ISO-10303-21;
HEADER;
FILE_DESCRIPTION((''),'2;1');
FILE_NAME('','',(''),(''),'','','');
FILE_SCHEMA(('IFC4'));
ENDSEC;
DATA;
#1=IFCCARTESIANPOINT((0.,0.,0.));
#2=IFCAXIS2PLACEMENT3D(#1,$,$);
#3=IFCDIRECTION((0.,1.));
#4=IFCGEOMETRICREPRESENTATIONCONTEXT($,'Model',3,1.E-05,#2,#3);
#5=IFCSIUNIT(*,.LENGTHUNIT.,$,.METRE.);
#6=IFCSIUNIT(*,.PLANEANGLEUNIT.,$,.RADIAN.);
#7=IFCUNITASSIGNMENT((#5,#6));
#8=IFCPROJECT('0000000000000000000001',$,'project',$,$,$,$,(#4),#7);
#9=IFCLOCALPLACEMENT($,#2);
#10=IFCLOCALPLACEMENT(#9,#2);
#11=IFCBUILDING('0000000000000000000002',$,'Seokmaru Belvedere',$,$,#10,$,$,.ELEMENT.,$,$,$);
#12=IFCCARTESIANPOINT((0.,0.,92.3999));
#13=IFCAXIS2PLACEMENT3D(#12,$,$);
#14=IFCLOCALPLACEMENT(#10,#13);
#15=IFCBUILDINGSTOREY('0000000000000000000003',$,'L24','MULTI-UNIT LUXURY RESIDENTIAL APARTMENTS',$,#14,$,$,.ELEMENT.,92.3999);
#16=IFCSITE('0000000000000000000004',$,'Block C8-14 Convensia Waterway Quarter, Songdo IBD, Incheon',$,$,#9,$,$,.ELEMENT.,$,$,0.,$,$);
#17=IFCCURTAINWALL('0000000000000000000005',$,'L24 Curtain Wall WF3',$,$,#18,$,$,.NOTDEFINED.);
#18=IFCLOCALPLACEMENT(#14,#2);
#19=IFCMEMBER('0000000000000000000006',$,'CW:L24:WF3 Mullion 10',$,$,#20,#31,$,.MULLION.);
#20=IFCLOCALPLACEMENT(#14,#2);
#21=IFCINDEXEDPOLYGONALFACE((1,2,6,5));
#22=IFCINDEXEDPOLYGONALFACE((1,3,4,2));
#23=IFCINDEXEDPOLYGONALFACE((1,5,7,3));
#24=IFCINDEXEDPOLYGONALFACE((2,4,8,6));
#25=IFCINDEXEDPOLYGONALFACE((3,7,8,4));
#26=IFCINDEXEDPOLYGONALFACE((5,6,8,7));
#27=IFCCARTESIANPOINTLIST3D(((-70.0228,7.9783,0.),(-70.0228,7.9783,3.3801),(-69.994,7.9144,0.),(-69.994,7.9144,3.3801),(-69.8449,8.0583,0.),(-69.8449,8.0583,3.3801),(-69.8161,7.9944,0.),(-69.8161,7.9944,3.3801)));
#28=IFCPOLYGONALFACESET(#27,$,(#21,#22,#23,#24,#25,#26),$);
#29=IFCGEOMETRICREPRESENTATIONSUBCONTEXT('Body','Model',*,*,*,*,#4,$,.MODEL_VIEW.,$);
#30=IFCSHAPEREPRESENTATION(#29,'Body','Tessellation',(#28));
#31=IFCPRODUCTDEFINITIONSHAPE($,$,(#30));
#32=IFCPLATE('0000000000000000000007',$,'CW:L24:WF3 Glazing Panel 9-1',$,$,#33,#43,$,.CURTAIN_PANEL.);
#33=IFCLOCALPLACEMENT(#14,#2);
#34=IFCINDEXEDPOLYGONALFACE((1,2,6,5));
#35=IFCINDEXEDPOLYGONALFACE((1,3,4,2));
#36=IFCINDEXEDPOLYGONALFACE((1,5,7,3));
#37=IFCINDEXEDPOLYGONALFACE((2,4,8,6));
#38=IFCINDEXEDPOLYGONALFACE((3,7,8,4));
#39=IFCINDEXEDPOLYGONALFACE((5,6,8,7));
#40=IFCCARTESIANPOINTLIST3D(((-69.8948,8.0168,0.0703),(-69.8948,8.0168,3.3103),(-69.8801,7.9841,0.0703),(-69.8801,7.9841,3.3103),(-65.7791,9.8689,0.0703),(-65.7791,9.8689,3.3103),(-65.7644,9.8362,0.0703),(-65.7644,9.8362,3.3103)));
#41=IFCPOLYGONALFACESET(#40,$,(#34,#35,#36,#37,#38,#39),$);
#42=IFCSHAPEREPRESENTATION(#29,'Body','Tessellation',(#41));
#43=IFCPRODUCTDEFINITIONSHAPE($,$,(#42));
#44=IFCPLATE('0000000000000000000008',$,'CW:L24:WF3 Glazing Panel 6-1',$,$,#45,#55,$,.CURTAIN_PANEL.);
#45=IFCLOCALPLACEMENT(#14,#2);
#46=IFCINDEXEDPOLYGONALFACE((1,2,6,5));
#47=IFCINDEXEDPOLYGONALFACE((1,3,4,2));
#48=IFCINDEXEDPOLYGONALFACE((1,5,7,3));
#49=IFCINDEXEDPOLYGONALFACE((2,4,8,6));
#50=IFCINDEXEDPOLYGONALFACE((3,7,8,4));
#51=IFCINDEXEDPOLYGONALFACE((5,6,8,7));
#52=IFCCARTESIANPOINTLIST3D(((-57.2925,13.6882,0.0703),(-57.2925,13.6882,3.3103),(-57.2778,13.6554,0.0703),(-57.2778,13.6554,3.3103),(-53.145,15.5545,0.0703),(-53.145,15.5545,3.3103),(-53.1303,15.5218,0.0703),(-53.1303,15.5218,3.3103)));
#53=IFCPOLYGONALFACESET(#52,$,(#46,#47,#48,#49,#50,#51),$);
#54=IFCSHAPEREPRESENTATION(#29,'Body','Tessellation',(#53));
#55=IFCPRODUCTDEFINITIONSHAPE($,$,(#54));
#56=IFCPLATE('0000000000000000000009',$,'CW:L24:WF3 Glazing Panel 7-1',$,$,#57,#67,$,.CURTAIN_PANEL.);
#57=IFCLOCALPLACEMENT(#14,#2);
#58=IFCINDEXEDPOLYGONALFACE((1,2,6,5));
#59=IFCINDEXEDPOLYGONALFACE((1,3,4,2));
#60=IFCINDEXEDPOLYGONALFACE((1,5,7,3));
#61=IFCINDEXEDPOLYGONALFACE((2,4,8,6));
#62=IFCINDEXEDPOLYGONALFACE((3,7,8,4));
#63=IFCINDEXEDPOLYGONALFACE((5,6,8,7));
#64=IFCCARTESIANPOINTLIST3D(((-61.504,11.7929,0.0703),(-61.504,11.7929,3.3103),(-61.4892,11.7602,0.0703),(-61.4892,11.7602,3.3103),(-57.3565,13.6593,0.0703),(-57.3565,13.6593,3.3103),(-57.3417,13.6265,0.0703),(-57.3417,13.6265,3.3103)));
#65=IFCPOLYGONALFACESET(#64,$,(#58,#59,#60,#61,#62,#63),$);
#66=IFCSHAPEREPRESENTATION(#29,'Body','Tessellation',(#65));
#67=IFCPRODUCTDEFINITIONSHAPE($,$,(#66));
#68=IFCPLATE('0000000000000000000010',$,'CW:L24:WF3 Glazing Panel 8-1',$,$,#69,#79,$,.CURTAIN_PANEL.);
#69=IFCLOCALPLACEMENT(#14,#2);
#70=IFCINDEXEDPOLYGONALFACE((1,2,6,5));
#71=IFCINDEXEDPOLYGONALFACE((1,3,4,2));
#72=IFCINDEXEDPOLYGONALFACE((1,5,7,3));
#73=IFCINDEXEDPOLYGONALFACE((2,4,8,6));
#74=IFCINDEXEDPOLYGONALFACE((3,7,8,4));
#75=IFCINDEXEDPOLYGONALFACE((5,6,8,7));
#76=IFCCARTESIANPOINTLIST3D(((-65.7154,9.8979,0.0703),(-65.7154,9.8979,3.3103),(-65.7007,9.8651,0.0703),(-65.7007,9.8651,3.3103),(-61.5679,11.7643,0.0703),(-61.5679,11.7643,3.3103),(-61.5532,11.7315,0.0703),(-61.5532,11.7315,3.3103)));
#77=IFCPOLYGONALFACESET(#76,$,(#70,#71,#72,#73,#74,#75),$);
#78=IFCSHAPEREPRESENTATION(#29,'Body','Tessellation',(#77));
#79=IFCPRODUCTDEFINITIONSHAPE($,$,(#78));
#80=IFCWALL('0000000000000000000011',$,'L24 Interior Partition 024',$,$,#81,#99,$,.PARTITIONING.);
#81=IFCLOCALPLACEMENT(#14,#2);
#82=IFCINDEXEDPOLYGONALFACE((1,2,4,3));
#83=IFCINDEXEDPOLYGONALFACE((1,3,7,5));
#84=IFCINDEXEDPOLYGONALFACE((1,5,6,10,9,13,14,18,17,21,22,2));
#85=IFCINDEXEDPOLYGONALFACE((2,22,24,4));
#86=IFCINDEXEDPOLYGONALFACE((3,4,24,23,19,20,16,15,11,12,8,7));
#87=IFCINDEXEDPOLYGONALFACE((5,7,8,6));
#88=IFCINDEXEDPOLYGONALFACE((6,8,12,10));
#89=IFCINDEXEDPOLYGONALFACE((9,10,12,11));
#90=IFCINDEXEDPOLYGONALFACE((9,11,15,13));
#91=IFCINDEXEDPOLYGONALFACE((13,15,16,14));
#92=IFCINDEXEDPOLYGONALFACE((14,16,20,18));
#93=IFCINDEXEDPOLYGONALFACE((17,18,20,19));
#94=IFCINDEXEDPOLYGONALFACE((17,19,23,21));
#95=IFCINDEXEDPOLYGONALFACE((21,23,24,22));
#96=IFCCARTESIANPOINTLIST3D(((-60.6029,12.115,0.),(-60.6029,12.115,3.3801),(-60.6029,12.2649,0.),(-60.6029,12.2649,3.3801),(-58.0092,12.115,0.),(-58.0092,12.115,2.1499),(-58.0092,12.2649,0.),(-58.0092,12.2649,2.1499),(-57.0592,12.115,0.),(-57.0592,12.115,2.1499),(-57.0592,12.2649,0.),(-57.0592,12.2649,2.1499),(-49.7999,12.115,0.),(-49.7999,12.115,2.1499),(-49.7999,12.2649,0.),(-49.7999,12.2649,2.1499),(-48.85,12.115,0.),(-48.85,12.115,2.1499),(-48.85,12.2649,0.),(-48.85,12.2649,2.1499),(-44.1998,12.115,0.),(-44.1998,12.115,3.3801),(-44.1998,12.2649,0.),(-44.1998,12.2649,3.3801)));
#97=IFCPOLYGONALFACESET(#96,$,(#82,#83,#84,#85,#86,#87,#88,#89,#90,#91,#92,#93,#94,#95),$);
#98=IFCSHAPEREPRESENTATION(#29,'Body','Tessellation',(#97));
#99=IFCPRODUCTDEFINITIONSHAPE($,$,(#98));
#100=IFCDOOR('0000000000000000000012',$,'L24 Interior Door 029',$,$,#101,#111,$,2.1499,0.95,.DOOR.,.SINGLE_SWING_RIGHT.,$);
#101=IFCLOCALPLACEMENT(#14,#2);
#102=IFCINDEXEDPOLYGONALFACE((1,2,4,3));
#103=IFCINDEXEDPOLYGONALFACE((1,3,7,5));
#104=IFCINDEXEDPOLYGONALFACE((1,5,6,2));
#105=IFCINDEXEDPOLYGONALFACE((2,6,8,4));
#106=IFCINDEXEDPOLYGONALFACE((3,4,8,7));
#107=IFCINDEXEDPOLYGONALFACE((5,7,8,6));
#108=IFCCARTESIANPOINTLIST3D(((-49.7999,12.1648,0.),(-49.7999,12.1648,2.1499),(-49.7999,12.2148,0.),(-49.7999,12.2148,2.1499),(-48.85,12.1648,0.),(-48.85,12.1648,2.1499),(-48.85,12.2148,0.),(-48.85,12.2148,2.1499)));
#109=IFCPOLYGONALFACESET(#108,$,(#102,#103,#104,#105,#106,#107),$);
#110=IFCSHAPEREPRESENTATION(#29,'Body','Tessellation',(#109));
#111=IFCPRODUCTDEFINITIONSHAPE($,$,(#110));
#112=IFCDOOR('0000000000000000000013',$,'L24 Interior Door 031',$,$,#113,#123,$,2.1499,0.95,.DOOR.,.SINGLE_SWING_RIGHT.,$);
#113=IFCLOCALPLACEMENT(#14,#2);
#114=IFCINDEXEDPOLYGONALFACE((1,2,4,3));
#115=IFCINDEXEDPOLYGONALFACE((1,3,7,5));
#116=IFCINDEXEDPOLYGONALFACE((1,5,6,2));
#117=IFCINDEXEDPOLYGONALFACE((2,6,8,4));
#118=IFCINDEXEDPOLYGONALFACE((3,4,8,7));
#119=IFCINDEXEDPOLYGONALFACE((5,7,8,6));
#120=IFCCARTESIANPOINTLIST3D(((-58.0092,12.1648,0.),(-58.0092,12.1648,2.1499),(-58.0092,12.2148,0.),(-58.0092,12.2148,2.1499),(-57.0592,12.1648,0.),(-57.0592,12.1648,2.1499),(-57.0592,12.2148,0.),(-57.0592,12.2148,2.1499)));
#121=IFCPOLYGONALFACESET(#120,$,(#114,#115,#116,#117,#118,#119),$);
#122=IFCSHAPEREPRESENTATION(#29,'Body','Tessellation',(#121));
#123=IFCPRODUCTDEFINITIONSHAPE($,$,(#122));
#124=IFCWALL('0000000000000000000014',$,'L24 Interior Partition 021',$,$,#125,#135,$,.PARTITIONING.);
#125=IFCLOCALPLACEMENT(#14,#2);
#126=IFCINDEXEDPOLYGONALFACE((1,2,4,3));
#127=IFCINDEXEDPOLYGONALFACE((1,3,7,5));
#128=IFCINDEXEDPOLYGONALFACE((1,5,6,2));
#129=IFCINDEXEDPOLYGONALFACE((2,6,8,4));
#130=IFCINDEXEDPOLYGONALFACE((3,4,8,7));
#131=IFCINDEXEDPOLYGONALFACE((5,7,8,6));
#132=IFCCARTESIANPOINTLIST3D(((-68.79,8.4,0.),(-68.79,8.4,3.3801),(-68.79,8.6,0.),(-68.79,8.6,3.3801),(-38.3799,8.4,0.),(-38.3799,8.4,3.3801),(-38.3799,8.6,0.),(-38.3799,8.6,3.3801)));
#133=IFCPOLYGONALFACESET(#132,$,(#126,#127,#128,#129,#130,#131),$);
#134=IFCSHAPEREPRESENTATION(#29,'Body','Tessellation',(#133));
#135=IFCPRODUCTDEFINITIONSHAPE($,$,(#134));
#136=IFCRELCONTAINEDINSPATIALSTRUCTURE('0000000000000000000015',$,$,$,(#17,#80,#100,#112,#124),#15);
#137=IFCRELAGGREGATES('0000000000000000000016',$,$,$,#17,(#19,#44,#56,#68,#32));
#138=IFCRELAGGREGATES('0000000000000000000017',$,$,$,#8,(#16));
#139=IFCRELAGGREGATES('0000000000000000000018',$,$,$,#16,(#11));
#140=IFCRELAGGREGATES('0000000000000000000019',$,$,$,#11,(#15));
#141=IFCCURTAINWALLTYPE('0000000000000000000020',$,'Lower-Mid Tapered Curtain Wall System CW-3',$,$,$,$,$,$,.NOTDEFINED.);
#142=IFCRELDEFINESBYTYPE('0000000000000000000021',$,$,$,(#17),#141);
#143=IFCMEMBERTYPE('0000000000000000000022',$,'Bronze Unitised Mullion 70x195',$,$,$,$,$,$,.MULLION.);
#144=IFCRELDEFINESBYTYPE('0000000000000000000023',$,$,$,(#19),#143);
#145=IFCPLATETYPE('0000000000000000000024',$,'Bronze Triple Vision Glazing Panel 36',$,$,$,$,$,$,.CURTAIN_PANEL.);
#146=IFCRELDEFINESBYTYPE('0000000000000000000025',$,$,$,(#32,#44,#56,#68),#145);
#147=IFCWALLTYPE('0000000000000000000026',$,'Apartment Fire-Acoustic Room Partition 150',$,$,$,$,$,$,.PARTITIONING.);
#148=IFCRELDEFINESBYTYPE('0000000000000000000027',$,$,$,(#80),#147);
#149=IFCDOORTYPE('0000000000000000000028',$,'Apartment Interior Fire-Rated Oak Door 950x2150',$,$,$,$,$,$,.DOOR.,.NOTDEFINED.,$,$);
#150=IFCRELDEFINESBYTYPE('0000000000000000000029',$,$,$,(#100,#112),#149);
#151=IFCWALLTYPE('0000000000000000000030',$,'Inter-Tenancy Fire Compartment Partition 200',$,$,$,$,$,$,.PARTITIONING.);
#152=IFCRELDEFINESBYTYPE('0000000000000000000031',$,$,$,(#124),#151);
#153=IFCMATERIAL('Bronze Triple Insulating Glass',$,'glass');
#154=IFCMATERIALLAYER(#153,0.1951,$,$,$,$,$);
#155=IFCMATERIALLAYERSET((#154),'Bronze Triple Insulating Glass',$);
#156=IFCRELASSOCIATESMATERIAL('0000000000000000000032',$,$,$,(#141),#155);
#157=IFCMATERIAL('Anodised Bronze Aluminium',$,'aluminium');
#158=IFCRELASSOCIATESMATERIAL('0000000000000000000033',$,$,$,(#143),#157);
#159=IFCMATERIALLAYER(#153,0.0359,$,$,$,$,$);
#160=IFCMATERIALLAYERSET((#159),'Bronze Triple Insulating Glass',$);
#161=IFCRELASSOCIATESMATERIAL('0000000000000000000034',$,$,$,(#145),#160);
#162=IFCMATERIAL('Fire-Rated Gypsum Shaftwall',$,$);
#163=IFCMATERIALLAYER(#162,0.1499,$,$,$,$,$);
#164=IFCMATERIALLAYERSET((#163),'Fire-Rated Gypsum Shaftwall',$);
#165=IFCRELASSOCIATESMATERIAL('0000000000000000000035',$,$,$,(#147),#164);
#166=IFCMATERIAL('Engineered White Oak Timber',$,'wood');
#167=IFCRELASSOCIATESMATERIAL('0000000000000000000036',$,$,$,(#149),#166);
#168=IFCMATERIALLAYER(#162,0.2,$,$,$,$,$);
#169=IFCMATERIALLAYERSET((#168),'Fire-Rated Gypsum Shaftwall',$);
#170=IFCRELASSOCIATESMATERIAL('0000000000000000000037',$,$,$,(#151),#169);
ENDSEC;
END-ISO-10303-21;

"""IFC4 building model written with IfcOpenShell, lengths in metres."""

from ifc_helpers import new_model, si_unit, direction, frame, frame_2d, origin, origin_2d, place, context, subcontext, project, spatial, rectangle, extrude, source, transform, mapped, material, layer, layer_set, material_profile, profile_set, type_object, type_shapes, element, fill, aggregate, save


model = new_model("IFC4")

# Units and contexts
model_context = context("Model", 3, precision=1e-05, world=origin(), true_north=direction((0.0, 1.0)))
body_context = subcontext(model_context, "Body", "Model", "MODEL_VIEW")
ifc_project = project(units=[si_unit("LENGTHUNIT", "METRE"), si_unit("PLANEANGLEUNIT", "RADIAN")], contexts=[model_context])

# Site, building, storey
site_placement = place(None, origin())
site = spatial("IfcSite", under=ifc_project, at=site_placement, Name="Block C8-14 Convensia Waterway Quarter, Songdo IBD, Incheon", CompositionType="ELEMENT", RefElevation=0.0)
building_placement = place(site_placement, origin())
building = spatial("IfcBuilding", under=site, at=building_placement, Name="Seokmaru Belvedere", CompositionType="ELEMENT")
storey_placement = place(building_placement, frame((0.0, 0.0, 92.3999)))
storey = spatial("IfcBuildingStorey", under=building, at=storey_placement, Name="L24", Description="MULTI-UNIT LUXURY RESIDENTIAL APARTMENTS", CompositionType="ELEMENT", Elevation=92.3999)

# Curtain wall, member, plates
ifc_material_1 = material(Name="Bronze Triple Insulating Glass", Category="glass")
ifc_layer_1 = layer(ifc_material_1, 0.1951)
ifc_layer_set_1 = layer_set([ifc_layer_1], Name="Bronze Triple Insulating Glass")
curtain_wall_type = type_object("IfcCurtainWallType", Name="Lower-Mid Tapered Curtain Wall System CW-3", PredefinedType="NOTDEFINED", material=ifc_layer_set_1)
curtain_wall_placement = place(storey_placement, origin())
curtain_wall = element("IfcCurtainWall", 1, at=curtain_wall_placement, inside=storey, type_object=curtain_wall_type, Name="L24 Curtain Wall WF3", PredefinedType="NOTDEFINED")
ifc_material_2 = material(Name="Anodised Bronze Aluminium", Category="aluminium")
ifc_material_profile_1 = material_profile(ifc_material_2, rectangle(XDim=0.0701, YDim=0.1951, at=origin_2d()), Name="CW-M-70x195")
ifc_profile_set_1 = profile_set([ifc_material_profile_1], Name="Anodised Bronze Aluminium")
member_type = type_object("IfcMemberType", Name="Bronze Unitised Mullion 70x195", PredefinedType="MULLION", material=ifc_profile_set_1)
shared_shape_1 = source(origin(), body_context, "Body", "SweptSolid", [
    extrude(rectangle(XDim=0.0701, YDim=0.1951, at=origin_2d()), origin(), (0.0, 0.0, 1.0), 3.3801),
])
member_1_placement = place(storey_placement, frame((-69.9194, 7.9863, 0.0), z_axis=(0.0, 0.0, 1.0), x_axis=(0.410366, -0.911921, 0.0)))
member_1 = element("IfcMember", 2, at=member_1_placement, type_object=member_type, Name="CW:L24:WF3 Mullion 10", PredefinedType="MULLION", context=body_context, shape_type="MappedRepresentation", body=[
    mapped(shared_shape_1, transform((0.0, 0.0, 0.0), scale=1.0)),
])
ifc_layer_2 = layer(ifc_material_1, 0.0359)
ifc_layer_set_2 = layer_set([ifc_layer_2], Name="Bronze Triple Insulating Glass")
plate_type = type_object("IfcPlateType", Name="Bronze Triple Vision Glazing Panel 36", PredefinedType="CURTAIN_PANEL", material=ifc_layer_set_2)
shared_shape_2 = source(origin(), body_context, "Body", "SweptSolid", [
    extrude(rectangle(XDim=4.5132, YDim=0.0359, at=origin_2d()), origin(), (0.0, 0.0, 1.0), 3.24),
])
plate_1_placement = place(storey_placement, frame((-67.8296, 8.9265, 0.0703), z_axis=(0.0, 0.0, 1.0), x_axis=(-0.911921, -0.410366, 0.0)))
plate_1 = element("IfcPlate", 3, at=plate_1_placement, type_object=plate_type, Name="CW:L24:WF3 Glazing Panel 9-1", PredefinedType="CURTAIN_PANEL", context=body_context, shape_type="MappedRepresentation", body=[
    mapped(shared_shape_2, transform((0.0, 0.0, 0.0), scale=1.0)),
])
shared_shape_3 = source(origin(), body_context, "Body", "SweptSolid", [
    extrude(rectangle(XDim=4.5481, YDim=0.0359, at=origin_2d()), origin(), (0.0, 0.0, 1.0), 3.24),
])
type_shapes(plate_type, [shared_shape_2, shared_shape_3])
plate_2_placement = place(storey_placement, frame((-55.2114, 14.605, 0.0703), z_axis=(0.0, 0.0, 1.0), x_axis=(-0.911921, -0.410366, 0.0)))
plate_2 = element("IfcPlate", 4, at=plate_2_placement, type_object=plate_type, Name="CW:L24:WF3 Glazing Panel 6-1", PredefinedType="CURTAIN_PANEL", context=body_context, shape_type="MappedRepresentation", body=[
    mapped(shared_shape_3, transform((0.0, 0.0, 0.0), scale=1.0)),
])
plate_3_placement = place(storey_placement, frame((-59.4229, 12.7097, 0.0703), z_axis=(0.0, 0.0, 1.0), x_axis=(-0.911921, -0.410366, 0.0)))
plate_3 = element("IfcPlate", 5, at=plate_3_placement, type_object=plate_type, Name="CW:L24:WF3 Glazing Panel 7-1", PredefinedType="CURTAIN_PANEL", context=body_context, shape_type="MappedRepresentation", body=[
    mapped(shared_shape_3, transform((0.0, 0.0, 0.0), scale=1.0)),
])
plate_4_placement = place(storey_placement, frame((-63.6343, 10.8147, 0.0703), z_axis=(0.0, 0.0, 1.0), x_axis=(-0.911921, -0.410366, 0.0)))
plate_4 = element("IfcPlate", 6, at=plate_4_placement, type_object=plate_type, Name="CW:L24:WF3 Glazing Panel 8-1", PredefinedType="CURTAIN_PANEL", context=body_context, shape_type="MappedRepresentation", body=[
    mapped(shared_shape_3, transform((0.0, 0.0, 0.0), scale=1.0)),
])
aggregate(curtain_wall, [member_1, plate_2, plate_3, plate_4, plate_1])

# Wall, openings, doors
ifc_material_3 = material(Name="Fire-Rated Gypsum Shaftwall")
ifc_layer_3 = layer(ifc_material_3, 0.1499)
ifc_layer_set_3 = layer_set([ifc_layer_3], Name="Fire-Rated Gypsum Shaftwall")
wall_type_1 = type_object("IfcWallType", Name="Apartment Fire-Acoustic Room Partition 150", PredefinedType="PARTITIONING", material=ifc_layer_set_3)
wall_1_placement = place(storey_placement, frame((-60.603, 12.1899, 0.0), z_axis=(0.0, 0.0, 1.0), x_axis=(1.0, 0.0, 0.0)))
wall_1 = element("IfcWall", 7, at=wall_1_placement, inside=storey, type_object=wall_type_1, Name="L24 Interior Partition 024", PredefinedType="PARTITIONING", context=body_context, shape_type="SweptSolid", body=[
    extrude(rectangle(XDim=16.4031, YDim=0.1499, at=frame_2d((8.2017, 0.0))), origin(), (0.0, 0.0, 1.0), 3.3801),
])
opening_1_placement = place(wall_1_placement, frame((10.803, 0.0, 0.0)))
opening_1 = element("IfcOpeningElement", 8, at=opening_1_placement, cuts=wall_1, PredefinedType="OPENING", context=body_context, shape_type="SweptSolid", body=[
    extrude(rectangle(XDim=0.95, YDim=2.1499, at=frame_2d((0.4751, 1.075))), frame((0.0, 0.085, 0.0), z_axis=(0.0, -1.0, 0.0), x_axis=(1.0, 0.0, 0.0)), (0.0, 0.0, 1.0), 0.1699),
])
opening_2_placement = place(wall_1_placement, frame((2.5938, 0.0, 0.0)))
opening_2 = element("IfcOpeningElement", 9, at=opening_2_placement, cuts=wall_1, PredefinedType="OPENING", context=body_context, shape_type="SweptSolid", body=[
    extrude(rectangle(XDim=0.95, YDim=2.1499, at=frame_2d((0.4751, 1.075))), frame((0.0, 0.085, 0.0), z_axis=(0.0, -1.0, 0.0), x_axis=(1.0, 0.0, 0.0)), (0.0, 0.0, 1.0), 0.1699),
])
ifc_material_4 = material(Name="Engineered White Oak Timber", Category="wood")
door_type = type_object("IfcDoorType", Name="Apartment Interior Fire-Rated Oak Door 950x2150", OperationType="NOTDEFINED", PredefinedType="DOOR", material=ifc_material_4)
shared_shape_4 = source(origin(), body_context, "Body", "SweptSolid", [
    extrude(rectangle(XDim=0.95, YDim=2.1499, at=frame_2d((0.4751, 1.075))), frame((0.0, 0.0249, 0.0), z_axis=(0.0, -1.0, 0.0), x_axis=(1.0, 0.0, 0.0)), (0.0, 0.0, 1.0), 0.05),
])
type_shapes(door_type, [shared_shape_4])
door_1_placement = place(opening_1_placement, origin())
door_1 = element("IfcDoor", 10, at=door_1_placement, inside=storey, type_object=door_type, Name="L24 Interior Door 029", OperationType="SINGLE_SWING_RIGHT", OverallHeight=2.1499, OverallWidth=0.95, PredefinedType="DOOR", context=body_context, shape_type="MappedRepresentation", body=[
    mapped(shared_shape_4, transform((0.0, 0.0, 0.0), scale=1.0)),
])
fill(opening_1, door_1)
door_2_placement = place(opening_2_placement, origin())
door_2 = element("IfcDoor", 11, at=door_2_placement, inside=storey, type_object=door_type, Name="L24 Interior Door 031", OperationType="SINGLE_SWING_RIGHT", OverallHeight=2.1499, OverallWidth=0.95, PredefinedType="DOOR", context=body_context, shape_type="MappedRepresentation", body=[
    mapped(shared_shape_4, transform((0.0, 0.0, 0.0), scale=1.0)),
])
fill(opening_2, door_2)

# Wall
ifc_layer_4 = layer(ifc_material_3, 0.2)
ifc_layer_set_4 = layer_set([ifc_layer_4], Name="Fire-Rated Gypsum Shaftwall")
wall_type_2 = type_object("IfcWallType", Name="Inter-Tenancy Fire Compartment Partition 200", PredefinedType="PARTITIONING", material=ifc_layer_set_4)
wall_2_placement = place(storey_placement, frame((-68.79, 8.5, 0.0), z_axis=(0.0, 0.0, 1.0), x_axis=(1.0, 0.0, 0.0)))
element("IfcWall", 12, at=wall_2_placement, inside=storey, type_object=wall_type_2, Name="L24 Interior Partition 021", PredefinedType="PARTITIONING", context=body_context, shape_type="SweptSolid", body=[
    extrude(rectangle(XDim=30.4102, YDim=0.2, at=frame_2d((15.2051, 0.0))), origin(), (0.0, 0.0, 1.0), 3.3801),
])

save(model, "model.ifc")
